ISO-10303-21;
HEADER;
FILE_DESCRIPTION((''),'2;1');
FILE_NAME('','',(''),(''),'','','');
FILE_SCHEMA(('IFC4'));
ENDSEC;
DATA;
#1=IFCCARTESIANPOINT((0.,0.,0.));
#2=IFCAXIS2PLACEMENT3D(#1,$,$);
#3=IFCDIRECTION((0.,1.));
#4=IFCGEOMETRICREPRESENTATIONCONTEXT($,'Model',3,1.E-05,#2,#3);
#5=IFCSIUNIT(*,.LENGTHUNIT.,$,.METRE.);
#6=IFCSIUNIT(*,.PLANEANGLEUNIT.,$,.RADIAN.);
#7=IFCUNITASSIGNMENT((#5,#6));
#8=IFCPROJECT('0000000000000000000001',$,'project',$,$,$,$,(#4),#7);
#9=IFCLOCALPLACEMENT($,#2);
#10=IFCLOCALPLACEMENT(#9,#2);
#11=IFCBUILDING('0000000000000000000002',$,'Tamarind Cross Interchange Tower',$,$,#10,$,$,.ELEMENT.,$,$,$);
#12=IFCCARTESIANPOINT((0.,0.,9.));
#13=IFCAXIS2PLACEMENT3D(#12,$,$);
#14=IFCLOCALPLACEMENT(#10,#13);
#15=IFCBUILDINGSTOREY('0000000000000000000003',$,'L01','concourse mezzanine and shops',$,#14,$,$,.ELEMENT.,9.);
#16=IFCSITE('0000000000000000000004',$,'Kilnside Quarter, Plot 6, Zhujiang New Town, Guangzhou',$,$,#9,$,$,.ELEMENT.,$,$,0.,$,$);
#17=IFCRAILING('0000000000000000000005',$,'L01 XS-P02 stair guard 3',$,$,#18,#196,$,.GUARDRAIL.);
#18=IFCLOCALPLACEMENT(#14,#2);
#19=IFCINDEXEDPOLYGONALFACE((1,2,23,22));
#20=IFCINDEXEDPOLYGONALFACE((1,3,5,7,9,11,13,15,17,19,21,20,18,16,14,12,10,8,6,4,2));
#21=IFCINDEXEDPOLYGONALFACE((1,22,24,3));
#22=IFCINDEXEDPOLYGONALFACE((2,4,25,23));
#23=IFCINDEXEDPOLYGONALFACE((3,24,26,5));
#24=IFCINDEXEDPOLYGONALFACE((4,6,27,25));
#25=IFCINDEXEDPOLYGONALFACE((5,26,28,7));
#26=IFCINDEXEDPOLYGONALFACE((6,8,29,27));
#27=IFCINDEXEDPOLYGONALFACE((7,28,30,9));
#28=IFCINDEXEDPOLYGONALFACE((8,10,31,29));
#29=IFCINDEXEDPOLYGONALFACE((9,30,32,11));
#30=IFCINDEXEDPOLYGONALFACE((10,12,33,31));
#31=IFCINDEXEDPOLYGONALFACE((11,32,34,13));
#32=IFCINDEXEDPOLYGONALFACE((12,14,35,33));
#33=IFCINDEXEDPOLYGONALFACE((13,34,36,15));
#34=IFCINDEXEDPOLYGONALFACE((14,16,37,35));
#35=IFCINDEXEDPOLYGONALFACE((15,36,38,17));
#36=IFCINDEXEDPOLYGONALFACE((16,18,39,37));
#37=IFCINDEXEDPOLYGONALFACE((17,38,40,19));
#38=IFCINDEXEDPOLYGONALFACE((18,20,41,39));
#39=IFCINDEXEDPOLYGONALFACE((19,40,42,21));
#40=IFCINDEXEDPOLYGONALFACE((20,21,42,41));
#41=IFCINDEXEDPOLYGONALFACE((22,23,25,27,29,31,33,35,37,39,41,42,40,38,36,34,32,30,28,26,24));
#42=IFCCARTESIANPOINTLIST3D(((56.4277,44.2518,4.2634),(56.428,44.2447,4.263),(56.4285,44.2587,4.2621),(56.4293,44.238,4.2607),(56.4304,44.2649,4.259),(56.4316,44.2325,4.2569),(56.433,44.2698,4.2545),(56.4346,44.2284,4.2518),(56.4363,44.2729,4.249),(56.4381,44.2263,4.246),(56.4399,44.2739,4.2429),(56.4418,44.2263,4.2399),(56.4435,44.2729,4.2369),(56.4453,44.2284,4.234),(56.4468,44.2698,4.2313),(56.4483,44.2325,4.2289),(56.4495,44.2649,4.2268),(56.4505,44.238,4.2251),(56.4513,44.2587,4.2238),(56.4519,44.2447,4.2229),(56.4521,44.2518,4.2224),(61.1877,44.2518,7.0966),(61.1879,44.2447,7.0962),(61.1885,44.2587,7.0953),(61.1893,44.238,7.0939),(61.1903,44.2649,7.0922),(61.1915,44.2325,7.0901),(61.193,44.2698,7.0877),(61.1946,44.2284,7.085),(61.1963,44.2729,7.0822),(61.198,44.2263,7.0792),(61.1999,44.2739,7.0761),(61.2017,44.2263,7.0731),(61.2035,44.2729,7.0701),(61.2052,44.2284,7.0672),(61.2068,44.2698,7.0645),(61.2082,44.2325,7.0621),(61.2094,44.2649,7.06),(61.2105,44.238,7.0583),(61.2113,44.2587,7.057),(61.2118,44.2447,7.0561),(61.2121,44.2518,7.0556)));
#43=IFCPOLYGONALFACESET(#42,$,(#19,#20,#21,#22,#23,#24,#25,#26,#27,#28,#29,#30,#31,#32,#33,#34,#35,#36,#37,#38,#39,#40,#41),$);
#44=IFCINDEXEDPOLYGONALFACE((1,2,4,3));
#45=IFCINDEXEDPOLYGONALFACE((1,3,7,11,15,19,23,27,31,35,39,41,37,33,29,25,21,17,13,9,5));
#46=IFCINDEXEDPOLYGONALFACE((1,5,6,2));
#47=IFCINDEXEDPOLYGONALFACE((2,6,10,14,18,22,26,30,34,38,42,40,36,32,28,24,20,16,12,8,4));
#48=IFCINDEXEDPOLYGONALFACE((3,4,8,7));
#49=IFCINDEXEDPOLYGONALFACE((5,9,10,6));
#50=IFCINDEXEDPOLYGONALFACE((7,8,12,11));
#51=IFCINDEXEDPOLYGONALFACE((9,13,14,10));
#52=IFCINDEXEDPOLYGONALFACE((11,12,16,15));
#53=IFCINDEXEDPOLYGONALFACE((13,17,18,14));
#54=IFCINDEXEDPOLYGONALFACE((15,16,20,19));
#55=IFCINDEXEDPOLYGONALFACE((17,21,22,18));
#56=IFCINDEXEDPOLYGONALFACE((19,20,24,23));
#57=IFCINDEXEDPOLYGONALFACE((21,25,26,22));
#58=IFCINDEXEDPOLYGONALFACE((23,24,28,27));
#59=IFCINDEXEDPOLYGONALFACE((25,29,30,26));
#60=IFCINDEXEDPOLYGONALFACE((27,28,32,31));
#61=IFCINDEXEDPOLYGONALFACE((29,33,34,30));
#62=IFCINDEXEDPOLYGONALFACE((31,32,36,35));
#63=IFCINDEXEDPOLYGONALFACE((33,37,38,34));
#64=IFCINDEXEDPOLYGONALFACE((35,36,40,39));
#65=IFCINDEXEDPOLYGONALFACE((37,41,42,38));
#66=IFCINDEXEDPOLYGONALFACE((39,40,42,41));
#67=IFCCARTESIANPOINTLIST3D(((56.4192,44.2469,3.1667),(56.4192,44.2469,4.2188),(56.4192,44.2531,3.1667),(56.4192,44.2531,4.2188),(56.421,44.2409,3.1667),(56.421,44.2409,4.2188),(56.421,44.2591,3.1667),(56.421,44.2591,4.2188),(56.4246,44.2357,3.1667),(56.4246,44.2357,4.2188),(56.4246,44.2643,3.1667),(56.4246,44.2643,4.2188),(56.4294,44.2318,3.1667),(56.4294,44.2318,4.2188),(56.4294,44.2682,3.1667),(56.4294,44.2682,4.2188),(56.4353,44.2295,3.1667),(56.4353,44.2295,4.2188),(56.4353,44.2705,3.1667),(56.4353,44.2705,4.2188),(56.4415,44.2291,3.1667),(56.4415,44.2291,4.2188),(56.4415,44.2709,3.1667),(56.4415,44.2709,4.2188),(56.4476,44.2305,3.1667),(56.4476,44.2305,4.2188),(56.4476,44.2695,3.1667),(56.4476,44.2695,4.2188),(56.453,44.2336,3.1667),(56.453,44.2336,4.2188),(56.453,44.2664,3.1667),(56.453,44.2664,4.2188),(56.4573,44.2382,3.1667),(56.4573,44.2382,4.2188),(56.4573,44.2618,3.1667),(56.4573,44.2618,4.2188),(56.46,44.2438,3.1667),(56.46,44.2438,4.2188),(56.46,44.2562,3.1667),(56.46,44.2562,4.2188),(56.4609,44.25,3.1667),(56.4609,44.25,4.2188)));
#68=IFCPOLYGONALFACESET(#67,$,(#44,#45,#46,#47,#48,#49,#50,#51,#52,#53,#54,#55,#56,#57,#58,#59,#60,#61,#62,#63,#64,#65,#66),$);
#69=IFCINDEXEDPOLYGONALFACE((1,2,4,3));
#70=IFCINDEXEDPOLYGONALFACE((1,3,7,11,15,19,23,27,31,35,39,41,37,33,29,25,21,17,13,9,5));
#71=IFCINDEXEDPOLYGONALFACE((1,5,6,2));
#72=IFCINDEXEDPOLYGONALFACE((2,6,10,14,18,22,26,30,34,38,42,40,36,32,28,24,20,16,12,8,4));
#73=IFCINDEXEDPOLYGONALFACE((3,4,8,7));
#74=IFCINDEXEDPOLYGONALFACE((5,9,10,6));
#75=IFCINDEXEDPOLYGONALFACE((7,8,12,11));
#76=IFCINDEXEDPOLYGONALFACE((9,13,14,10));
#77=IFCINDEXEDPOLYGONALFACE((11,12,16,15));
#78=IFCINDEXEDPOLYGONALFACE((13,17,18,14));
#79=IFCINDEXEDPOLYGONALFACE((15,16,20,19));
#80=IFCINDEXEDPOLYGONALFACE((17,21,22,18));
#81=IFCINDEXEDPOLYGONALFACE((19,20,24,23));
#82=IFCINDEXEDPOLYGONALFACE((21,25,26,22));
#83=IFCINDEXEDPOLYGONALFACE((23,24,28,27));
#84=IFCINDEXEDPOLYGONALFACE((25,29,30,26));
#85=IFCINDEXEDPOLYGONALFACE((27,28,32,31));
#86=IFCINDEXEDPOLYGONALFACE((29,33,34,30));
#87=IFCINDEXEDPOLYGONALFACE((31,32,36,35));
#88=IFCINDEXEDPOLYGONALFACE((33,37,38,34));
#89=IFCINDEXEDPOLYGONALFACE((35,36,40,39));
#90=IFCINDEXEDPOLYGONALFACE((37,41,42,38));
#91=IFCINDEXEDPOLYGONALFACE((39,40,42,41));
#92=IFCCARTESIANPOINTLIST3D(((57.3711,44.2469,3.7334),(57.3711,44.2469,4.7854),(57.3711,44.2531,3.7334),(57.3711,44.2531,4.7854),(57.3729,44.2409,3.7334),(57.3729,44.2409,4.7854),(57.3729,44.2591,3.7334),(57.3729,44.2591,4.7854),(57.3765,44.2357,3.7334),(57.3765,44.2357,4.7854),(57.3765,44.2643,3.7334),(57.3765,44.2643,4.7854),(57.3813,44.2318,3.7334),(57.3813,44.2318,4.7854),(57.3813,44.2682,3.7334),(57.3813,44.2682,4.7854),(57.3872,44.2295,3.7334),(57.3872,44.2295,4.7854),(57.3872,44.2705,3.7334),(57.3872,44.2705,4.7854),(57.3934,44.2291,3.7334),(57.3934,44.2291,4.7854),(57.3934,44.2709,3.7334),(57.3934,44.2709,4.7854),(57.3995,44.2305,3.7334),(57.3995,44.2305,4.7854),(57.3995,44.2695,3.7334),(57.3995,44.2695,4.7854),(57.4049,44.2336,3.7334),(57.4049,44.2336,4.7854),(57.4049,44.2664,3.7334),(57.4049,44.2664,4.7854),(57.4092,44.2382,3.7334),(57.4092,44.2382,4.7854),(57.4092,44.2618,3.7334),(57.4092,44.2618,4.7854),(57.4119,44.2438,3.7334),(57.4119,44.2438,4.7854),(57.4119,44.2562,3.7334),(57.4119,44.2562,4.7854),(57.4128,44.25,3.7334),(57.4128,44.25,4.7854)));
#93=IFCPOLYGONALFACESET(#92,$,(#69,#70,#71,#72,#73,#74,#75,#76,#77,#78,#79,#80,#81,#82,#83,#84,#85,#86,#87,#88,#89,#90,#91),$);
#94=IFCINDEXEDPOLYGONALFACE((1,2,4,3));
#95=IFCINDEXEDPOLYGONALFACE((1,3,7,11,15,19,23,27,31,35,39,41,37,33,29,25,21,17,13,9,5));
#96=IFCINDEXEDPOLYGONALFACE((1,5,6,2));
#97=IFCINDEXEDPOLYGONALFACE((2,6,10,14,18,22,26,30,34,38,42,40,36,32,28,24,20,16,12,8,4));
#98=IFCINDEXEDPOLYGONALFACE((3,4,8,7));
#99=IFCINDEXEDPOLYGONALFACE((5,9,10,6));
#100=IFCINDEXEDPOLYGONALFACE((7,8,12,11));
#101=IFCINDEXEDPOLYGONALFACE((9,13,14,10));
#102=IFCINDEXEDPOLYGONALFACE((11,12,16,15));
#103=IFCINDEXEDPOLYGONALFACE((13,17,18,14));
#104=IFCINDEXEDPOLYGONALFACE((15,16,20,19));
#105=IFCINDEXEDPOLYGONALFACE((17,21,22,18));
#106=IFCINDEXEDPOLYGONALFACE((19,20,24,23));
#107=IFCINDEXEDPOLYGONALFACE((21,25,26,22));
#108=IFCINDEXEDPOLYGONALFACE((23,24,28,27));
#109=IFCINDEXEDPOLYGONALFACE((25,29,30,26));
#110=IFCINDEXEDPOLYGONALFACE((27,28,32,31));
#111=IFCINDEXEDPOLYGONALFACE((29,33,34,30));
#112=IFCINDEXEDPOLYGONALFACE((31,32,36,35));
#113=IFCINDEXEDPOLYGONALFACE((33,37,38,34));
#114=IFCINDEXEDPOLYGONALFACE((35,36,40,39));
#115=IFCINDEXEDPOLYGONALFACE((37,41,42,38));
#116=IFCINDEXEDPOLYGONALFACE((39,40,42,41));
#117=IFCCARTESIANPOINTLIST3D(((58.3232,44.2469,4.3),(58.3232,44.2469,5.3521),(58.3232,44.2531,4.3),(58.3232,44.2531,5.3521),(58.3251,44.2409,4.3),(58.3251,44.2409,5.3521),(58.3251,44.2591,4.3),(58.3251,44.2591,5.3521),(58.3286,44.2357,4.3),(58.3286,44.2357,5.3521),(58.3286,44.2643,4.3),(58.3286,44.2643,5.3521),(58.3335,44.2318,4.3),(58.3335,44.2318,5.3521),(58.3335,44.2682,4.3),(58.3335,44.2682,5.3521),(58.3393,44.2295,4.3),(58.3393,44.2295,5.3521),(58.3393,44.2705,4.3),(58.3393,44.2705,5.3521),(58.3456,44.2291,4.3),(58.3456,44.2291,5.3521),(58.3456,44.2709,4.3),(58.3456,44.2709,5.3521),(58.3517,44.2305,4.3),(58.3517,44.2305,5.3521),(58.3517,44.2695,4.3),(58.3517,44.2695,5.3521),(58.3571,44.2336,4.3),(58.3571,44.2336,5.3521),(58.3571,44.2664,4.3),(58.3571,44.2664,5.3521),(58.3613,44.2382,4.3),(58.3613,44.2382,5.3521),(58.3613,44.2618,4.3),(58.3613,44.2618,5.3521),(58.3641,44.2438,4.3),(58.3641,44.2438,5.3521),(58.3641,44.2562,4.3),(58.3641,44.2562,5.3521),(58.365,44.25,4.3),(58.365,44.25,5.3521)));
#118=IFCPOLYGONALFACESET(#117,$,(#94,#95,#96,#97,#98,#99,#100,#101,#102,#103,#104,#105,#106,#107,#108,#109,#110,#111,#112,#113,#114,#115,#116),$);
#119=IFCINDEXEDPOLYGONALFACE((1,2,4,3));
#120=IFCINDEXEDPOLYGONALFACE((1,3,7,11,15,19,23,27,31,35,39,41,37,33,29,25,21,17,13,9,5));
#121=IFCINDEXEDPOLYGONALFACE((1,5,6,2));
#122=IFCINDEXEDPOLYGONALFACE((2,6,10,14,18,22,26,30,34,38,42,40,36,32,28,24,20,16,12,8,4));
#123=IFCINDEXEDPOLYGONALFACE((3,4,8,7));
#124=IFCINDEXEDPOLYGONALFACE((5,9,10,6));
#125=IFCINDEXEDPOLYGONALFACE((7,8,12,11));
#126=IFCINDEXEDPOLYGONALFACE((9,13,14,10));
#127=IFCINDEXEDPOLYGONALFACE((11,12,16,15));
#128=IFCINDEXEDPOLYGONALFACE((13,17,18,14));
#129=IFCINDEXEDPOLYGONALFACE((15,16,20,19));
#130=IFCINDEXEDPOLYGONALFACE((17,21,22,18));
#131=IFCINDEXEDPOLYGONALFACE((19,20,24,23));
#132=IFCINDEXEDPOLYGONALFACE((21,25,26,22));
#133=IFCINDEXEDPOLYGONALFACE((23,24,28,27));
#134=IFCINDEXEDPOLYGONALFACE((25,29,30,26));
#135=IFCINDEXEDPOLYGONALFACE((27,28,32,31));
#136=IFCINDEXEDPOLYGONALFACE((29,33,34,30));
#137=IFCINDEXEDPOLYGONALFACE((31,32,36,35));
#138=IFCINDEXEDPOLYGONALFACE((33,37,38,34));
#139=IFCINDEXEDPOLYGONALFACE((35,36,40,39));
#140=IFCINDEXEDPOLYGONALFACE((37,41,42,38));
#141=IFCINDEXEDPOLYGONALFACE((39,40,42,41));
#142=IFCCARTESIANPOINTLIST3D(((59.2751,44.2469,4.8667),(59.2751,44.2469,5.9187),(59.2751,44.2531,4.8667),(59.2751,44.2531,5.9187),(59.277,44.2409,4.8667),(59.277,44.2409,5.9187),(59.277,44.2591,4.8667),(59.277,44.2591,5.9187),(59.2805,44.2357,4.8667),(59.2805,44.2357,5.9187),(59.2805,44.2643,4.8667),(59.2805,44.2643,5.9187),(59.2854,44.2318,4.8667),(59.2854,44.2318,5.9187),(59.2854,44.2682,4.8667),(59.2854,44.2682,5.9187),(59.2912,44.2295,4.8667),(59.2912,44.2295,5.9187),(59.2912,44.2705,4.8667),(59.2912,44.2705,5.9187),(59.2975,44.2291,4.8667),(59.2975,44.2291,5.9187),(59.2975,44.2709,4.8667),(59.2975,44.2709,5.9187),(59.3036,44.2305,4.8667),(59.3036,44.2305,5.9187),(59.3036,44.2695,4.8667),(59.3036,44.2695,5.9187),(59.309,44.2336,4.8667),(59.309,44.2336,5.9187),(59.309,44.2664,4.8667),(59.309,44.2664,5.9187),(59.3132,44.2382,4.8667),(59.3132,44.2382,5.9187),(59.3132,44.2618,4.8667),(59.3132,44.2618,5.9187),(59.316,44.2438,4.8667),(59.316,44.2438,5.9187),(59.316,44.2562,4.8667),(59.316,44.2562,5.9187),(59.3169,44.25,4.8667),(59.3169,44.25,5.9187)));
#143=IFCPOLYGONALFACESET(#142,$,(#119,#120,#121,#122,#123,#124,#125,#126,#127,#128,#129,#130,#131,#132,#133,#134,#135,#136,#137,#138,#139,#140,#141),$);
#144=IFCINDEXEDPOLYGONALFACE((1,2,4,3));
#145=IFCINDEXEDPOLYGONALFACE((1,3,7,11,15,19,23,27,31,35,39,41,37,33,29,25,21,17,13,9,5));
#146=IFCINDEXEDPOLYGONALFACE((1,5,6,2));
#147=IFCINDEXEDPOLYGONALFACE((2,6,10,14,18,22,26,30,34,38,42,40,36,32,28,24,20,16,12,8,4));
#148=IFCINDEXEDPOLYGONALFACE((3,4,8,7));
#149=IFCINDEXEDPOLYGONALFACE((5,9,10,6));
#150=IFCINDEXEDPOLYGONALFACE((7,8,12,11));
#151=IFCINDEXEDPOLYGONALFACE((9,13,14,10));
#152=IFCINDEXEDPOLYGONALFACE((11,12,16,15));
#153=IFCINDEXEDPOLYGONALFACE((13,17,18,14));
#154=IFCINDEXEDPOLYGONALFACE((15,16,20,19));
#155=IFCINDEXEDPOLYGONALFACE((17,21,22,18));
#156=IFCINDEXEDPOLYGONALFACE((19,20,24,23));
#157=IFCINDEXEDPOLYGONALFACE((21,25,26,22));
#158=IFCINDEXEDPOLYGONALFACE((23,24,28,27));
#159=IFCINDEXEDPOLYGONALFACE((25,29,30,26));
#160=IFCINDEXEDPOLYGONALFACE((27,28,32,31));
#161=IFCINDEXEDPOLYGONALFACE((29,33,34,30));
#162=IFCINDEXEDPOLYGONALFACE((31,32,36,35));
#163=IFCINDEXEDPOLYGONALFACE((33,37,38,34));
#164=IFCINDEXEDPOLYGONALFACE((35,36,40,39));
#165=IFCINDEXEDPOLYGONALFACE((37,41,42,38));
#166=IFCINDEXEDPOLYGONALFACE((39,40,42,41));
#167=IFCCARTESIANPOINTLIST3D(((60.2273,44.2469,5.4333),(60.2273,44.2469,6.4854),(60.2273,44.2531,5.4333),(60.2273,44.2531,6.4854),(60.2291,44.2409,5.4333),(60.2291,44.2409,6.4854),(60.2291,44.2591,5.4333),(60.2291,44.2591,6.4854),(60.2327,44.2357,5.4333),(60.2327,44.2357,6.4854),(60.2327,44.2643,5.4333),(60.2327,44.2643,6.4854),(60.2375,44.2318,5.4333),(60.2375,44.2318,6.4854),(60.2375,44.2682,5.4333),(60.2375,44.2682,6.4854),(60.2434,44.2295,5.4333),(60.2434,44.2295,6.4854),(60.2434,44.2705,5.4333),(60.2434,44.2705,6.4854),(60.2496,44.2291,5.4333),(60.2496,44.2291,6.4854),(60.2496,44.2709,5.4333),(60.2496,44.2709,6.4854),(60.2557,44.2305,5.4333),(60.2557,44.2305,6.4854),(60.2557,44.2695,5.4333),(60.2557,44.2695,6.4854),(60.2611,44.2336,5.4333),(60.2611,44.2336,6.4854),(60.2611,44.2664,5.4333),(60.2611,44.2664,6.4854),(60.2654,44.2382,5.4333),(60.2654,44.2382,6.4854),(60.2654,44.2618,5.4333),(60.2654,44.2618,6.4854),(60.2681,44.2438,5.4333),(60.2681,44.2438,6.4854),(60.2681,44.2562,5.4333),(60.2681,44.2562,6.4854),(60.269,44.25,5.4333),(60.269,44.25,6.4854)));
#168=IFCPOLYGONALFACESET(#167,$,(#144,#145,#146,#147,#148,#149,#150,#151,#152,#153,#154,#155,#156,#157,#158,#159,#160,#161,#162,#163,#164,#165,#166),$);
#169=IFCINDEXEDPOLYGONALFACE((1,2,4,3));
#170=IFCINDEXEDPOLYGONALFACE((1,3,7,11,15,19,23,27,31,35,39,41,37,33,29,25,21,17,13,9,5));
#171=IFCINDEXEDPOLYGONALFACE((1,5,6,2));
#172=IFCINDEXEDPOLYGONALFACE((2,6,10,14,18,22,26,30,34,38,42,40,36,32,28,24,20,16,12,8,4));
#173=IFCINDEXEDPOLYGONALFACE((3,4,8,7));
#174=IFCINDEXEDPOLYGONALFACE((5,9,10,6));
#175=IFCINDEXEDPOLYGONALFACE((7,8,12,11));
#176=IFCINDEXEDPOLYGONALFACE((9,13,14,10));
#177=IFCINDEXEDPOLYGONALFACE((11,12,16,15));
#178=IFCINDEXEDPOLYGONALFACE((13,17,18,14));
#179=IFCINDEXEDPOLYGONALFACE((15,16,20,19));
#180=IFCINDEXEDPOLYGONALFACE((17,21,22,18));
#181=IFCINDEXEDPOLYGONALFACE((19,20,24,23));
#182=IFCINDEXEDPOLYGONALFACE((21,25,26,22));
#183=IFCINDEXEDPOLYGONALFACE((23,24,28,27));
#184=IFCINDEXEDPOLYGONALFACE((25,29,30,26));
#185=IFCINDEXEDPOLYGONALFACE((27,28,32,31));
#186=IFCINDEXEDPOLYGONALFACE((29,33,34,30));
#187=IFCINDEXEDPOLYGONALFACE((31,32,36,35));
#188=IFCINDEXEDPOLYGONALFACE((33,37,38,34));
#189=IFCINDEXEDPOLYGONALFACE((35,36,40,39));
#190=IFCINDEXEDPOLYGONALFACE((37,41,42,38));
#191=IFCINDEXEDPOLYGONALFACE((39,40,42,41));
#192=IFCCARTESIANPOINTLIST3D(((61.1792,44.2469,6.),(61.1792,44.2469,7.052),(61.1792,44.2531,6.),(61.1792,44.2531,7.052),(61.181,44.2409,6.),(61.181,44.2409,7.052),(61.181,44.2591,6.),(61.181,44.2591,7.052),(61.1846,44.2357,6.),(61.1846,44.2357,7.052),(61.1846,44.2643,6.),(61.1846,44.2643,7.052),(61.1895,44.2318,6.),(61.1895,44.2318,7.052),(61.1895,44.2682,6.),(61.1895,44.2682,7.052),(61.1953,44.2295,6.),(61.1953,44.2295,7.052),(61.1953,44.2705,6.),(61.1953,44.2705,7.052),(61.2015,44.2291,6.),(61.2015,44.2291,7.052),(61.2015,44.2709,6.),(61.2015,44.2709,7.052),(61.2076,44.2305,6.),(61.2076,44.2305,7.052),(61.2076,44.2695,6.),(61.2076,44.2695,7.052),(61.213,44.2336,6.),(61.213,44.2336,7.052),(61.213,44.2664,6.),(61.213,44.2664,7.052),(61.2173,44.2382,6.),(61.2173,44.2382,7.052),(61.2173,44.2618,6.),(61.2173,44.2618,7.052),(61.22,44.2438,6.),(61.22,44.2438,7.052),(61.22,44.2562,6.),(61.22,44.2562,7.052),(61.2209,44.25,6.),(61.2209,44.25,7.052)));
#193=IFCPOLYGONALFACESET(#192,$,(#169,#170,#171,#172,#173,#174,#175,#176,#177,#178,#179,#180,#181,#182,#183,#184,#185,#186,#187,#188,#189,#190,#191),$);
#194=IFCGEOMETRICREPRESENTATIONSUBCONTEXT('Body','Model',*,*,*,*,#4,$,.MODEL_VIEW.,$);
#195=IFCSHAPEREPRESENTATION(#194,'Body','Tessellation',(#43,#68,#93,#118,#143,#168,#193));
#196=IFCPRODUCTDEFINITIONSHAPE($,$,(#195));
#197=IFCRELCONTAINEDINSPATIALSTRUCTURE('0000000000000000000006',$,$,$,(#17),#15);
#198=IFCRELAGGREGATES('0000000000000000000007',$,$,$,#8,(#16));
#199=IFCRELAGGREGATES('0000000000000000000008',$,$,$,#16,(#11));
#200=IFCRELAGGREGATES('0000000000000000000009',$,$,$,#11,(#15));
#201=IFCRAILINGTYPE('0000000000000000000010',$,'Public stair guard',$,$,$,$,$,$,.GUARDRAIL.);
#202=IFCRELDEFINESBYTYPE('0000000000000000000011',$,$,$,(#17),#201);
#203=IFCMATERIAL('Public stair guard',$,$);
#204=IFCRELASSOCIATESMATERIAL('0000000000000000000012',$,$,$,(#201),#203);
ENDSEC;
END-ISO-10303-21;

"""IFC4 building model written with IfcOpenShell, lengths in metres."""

from ifc_helpers import new_model, si_unit, direction, frame, origin, origin_2d, place, context, subcontext, project, spatial, circle, extrude, material, type_object, element, save


model = new_model("IFC4")

# Units and contexts
model_context = context("Model", 3, precision=1e-05, world=origin(), true_north=direction((0.0, 1.0)))
body_context = subcontext(model_context, "Body", "Model", "MODEL_VIEW")
ifc_project = project(units=[si_unit("LENGTHUNIT", "METRE"), si_unit("PLANEANGLEUNIT", "RADIAN")], contexts=[model_context])

# Site, building, storey
site_placement = place(None, origin())
site = spatial("IfcSite", under=ifc_project, at=site_placement, Name="Kilnside Quarter, Plot 6, Zhujiang New Town, Guangzhou", CompositionType="ELEMENT", RefElevation=0.0)
building_placement = place(site_placement, origin())
building = spatial("IfcBuilding", under=site, at=building_placement, Name="Tamarind Cross Interchange Tower", CompositionType="ELEMENT")
storey_placement = place(building_placement, frame((0.0, 0.0, 9.0)))
storey = spatial("IfcBuildingStorey", under=building, at=storey_placement, Name="L01", Description="concourse mezzanine and shops", CompositionType="ELEMENT", Elevation=9.0)

# Railing
ifc_material_1 = material(Name="Public stair guard")
railing_type_1 = type_object("IfcRailingType", Name="Public stair guard", PredefinedType="GUARDRAIL", material=ifc_material_1)
railing_1_placement = place(storey_placement, frame((56.4399, 44.25, 3.1667)))
element("IfcRailing", 1, at=railing_1_placement, inside=storey, type_object=railing_type_1, Name="L01 XS-P02 stair guard 3", PredefinedType="GUARDRAIL", context=body_context, shape_type="SweptSolid", body=[
    extrude(circle(Radius=0.0239, at=origin_2d()), frame((0.0, 0.0, 1.0762), z_axis=(0.8593, 0.0, 0.511472), x_axis=(0.0, 1.0, 0.0)), (0.0, 0.0, 1.0), 5.5393),
    extrude(circle(Radius=0.021, at=origin_2d()), origin(), (0.0, 0.0, 1.0), 1.052),
    extrude(circle(Radius=0.021, at=origin_2d()), frame((0.9519, 0.0, 0.5667)), (0.0, 0.0, 1.0), 1.052),
    extrude(circle(Radius=0.021, at=origin_2d()), frame((1.9041, 0.0, 1.1333)), (0.0, 0.0, 1.0), 1.052),
    extrude(circle(Radius=0.021, at=origin_2d()), frame((2.856, 0.0, 1.7)), (0.0, 0.0, 1.0), 1.052),
    extrude(circle(Radius=0.021, at=origin_2d()), frame((3.8081, 0.0, 2.2666)), (0.0, 0.0, 1.0), 1.052),
    extrude(circle(Radius=0.021, at=origin_2d()), frame((4.76, 0.0, 2.8333)), (0.0, 0.0, 1.0), 1.052),
])

save(model, "model.ifc")
